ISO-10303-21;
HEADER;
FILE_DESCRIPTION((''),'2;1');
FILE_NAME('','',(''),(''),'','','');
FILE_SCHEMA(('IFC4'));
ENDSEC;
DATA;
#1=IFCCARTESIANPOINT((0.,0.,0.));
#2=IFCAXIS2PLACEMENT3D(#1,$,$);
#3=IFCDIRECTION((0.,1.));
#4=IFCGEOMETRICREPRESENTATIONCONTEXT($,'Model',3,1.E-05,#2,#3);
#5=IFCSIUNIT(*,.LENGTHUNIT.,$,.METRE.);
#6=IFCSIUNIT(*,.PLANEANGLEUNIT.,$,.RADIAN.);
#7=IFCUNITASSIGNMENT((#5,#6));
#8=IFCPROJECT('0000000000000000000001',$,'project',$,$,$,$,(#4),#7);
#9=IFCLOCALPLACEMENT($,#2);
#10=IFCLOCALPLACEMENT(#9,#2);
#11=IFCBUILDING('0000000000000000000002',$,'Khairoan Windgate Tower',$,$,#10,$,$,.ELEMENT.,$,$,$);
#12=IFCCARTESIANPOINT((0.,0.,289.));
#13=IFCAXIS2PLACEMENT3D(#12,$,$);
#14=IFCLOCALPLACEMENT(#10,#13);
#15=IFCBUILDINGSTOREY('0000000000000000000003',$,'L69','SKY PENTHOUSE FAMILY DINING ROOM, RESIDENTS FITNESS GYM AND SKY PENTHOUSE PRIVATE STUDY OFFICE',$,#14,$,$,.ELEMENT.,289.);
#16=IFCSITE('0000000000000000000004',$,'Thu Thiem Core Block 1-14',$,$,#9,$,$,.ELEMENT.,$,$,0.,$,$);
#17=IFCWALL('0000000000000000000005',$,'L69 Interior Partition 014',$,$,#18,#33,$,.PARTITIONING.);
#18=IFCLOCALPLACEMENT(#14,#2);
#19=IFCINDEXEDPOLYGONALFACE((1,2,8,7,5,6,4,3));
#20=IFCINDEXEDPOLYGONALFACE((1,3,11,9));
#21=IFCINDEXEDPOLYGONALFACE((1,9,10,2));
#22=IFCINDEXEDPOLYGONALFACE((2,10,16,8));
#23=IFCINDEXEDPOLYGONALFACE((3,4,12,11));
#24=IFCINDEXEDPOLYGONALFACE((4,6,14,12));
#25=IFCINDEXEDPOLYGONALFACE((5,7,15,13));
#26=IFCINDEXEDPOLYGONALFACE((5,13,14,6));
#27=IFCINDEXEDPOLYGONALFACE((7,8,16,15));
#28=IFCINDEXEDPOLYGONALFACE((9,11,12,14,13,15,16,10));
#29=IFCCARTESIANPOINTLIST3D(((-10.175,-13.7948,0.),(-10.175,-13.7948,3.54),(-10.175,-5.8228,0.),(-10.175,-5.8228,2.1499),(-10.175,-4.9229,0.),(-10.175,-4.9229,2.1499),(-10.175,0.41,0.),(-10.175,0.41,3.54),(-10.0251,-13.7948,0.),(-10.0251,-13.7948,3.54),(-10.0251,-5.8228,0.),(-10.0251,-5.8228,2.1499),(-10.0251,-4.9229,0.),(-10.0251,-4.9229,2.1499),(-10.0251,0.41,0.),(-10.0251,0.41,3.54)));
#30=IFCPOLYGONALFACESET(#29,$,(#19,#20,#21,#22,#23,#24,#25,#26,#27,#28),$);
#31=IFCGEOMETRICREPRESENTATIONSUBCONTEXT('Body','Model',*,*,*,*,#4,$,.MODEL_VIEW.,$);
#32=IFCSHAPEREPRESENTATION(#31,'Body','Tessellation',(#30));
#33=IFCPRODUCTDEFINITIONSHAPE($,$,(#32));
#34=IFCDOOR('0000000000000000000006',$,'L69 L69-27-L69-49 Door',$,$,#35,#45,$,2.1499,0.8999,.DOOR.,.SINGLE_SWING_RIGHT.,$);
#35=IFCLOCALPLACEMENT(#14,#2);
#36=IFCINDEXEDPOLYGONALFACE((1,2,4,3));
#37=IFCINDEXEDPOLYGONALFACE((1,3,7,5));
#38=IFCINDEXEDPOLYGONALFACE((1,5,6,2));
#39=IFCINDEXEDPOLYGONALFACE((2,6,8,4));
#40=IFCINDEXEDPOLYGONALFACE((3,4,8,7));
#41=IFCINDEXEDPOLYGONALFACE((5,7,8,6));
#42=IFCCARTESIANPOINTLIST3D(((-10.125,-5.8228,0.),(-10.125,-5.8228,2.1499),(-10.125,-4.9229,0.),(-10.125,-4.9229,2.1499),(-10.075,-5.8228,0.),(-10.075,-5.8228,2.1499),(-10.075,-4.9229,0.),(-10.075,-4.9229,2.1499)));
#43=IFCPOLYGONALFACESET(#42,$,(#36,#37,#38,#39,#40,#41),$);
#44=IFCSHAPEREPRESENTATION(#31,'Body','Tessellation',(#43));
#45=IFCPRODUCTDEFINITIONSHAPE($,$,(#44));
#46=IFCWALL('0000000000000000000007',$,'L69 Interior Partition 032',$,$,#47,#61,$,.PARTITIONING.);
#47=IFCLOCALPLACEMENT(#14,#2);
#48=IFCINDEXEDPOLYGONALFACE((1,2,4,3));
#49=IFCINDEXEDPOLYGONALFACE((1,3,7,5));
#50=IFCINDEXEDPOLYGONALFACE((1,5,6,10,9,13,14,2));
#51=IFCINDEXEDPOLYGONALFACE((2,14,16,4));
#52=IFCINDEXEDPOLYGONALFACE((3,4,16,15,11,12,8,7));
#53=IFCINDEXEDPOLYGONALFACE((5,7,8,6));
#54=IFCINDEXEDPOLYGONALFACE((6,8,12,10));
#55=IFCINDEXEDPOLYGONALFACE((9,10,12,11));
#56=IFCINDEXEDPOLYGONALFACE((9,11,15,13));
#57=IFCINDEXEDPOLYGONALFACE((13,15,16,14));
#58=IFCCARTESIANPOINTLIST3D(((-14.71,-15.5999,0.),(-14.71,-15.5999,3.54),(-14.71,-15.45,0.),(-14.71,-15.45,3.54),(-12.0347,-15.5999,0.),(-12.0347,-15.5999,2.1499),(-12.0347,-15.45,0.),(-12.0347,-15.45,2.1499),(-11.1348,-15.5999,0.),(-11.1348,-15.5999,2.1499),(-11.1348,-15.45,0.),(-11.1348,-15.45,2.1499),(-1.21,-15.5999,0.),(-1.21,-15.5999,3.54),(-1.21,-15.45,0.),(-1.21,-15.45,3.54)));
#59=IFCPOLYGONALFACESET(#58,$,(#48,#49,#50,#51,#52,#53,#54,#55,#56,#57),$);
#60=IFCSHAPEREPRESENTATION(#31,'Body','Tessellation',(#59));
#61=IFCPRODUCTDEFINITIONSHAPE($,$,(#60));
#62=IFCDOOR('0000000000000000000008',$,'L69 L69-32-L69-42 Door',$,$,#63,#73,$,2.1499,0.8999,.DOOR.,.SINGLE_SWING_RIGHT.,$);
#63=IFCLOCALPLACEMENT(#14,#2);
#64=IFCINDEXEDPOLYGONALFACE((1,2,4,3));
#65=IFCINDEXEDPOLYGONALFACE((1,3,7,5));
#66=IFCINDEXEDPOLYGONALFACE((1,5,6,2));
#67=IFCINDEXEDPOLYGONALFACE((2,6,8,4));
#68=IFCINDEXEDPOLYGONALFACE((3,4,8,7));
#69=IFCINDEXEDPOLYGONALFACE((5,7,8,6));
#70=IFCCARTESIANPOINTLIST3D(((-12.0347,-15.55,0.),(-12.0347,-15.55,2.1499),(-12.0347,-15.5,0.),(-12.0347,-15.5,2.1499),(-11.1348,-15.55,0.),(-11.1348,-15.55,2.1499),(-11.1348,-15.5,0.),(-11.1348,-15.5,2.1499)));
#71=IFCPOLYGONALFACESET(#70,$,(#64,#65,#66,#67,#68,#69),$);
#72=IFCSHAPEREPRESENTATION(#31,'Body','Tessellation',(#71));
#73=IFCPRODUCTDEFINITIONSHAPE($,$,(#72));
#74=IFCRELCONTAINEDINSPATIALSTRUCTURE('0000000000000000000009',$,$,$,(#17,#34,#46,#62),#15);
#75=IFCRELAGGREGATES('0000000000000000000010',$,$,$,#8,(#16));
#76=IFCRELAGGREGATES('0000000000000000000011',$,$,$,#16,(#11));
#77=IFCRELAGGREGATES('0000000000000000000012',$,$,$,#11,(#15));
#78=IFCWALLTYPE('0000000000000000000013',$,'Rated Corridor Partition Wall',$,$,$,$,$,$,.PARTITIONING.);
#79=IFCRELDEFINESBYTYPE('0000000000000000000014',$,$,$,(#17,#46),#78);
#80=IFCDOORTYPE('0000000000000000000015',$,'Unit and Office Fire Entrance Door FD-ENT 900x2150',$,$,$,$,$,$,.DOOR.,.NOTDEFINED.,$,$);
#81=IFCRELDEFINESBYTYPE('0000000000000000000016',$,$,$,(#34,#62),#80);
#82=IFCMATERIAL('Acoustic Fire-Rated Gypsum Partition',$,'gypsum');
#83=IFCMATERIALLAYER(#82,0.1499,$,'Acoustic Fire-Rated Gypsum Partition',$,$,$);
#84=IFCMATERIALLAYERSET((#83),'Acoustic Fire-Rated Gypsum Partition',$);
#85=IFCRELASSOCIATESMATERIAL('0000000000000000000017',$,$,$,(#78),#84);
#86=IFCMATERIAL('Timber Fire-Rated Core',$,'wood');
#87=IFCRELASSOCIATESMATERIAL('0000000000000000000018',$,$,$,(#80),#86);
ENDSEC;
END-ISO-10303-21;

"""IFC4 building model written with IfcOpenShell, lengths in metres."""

from ifc_helpers import new_model, si_unit, direction, frame, frame_2d, origin, place, context, subcontext, project, spatial, rectangle, extrude, material, layer, layer_set, type_object, element, fill, save


model = new_model("IFC4")

# Units and contexts
model_context = context("Model", 3, precision=1e-05, world=origin(), true_north=direction((0.0, 1.0)))
body_context = subcontext(model_context, "Body", "Model", "MODEL_VIEW")
ifc_project = project(units=[si_unit("LENGTHUNIT", "METRE"), si_unit("PLANEANGLEUNIT", "RADIAN")], contexts=[model_context])

# Site, building, storey
site_placement = place(None, origin())
site = spatial("IfcSite", under=ifc_project, at=site_placement, Name="Thu Thiem Core Block 1-14", CompositionType="ELEMENT", RefElevation=0.0)
building_placement = place(site_placement, origin())
building = spatial("IfcBuilding", under=site, at=building_placement, Name="Khairoan Windgate Tower", CompositionType="ELEMENT")
storey_placement = place(building_placement, frame((0.0, 0.0, 289.0)))
storey = spatial("IfcBuildingStorey", under=building, at=storey_placement, Name="L69", Description="SKY PENTHOUSE FAMILY DINING ROOM, RESIDENTS FITNESS GYM AND SKY PENTHOUSE PRIVATE STUDY OFFICE", CompositionType="ELEMENT", Elevation=289.0)

# Walls, openings, doors
ifc_material_1 = material(Name="Acoustic Fire-Rated Gypsum Partition", Category="gypsum")
ifc_layer_1 = layer(ifc_material_1, 0.1499, Name="Acoustic Fire-Rated Gypsum Partition")
ifc_layer_set_1 = layer_set([ifc_layer_1], Name="Acoustic Fire-Rated Gypsum Partition")
wall_type_1 = type_object("IfcWallType", Name="Rated Corridor Partition Wall", PredefinedType="PARTITIONING", material=ifc_layer_set_1)
wall_1_placement = place(storey_placement, frame((-10.1001, -13.7949, 0.0), z_axis=(0.0, 0.0, 1.0), x_axis=(0.0, 1.0, 0.0)))
wall_1 = element("IfcWall", 1, at=wall_1_placement, inside=storey, type_object=wall_type_1, Name="L69 Interior Partition 014", PredefinedType="PARTITIONING", context=body_context, shape_type="SweptSolid", body=[
    extrude(rectangle(XDim=14.2048, YDim=0.1499, at=frame_2d((7.1025, 0.0))), origin(), (0.0, 0.0, 1.0), 3.54),
])
opening_1_placement = place(wall_1_placement, frame((7.9722, 0.0, 0.0)))
opening_1 = element("IfcOpeningElement", 2, at=opening_1_placement, cuts=wall_1, PredefinedType="OPENING", context=body_context, shape_type="SweptSolid", body=[
    extrude(rectangle(XDim=0.8999, YDim=2.1499, at=frame_2d((0.45, 1.075))), frame((0.0, 0.085, 0.0), z_axis=(0.0, -1.0, 0.0), x_axis=(1.0, 0.0, 0.0)), (0.0, 0.0, 1.0), 0.1699),
])
ifc_material_2 = material(Name="Timber Fire-Rated Core", Category="wood")
door_type_1 = type_object("IfcDoorType", Name="Unit and Office Fire Entrance Door FD-ENT 900x2150", OperationType="NOTDEFINED", PredefinedType="DOOR", material=ifc_material_2)
door_1_placement = place(opening_1_placement, origin())
door_1 = element("IfcDoor", 3, at=door_1_placement, inside=storey, type_object=door_type_1, Name="L69 L69-27-L69-49 Door", OperationType="SINGLE_SWING_RIGHT", OverallHeight=2.1499, OverallWidth=0.8999, PredefinedType="DOOR", context=body_context, shape_type="SweptSolid", body=[
    extrude(rectangle(XDim=0.8999, YDim=2.1499, at=frame_2d((0.45, 1.075))), frame((0.0, 0.0249, 0.0), z_axis=(0.0, -1.0, 0.0), x_axis=(1.0, 0.0, 0.0)), (0.0, 0.0, 1.0), 0.05),
])
fill(opening_1, door_1)
wall_2_placement = place(storey_placement, frame((-14.71, -15.5249, 0.0), z_axis=(0.0, 0.0, 1.0), x_axis=(1.0, 0.0, 0.0)))
wall_2 = element("IfcWall", 4, at=wall_2_placement, inside=storey, type_object=wall_type_1, Name="L69 Interior Partition 032", PredefinedType="PARTITIONING", context=body_context, shape_type="SweptSolid", body=[
    extrude(rectangle(XDim=13.5, YDim=0.1499, at=frame_2d((6.75, 0.0))), origin(), (0.0, 0.0, 1.0), 3.54),
])
opening_2_placement = place(wall_2_placement, frame((2.6753, 0.0, 0.0)))
opening_2 = element("IfcOpeningElement", 5, at=opening_2_placement, cuts=wall_2, PredefinedType="OPENING", context=body_context, shape_type="SweptSolid", body=[
    extrude(rectangle(XDim=0.8999, YDim=2.1499, at=frame_2d((0.45, 1.075))), frame((0.0, 0.085, 0.0), z_axis=(0.0, -1.0, 0.0), x_axis=(1.0, 0.0, 0.0)), (0.0, 0.0, 1.0), 0.1699),
])
door_2_placement = place(opening_2_placement, origin())
door_2 = element("IfcDoor", 6, at=door_2_placement, inside=storey, type_object=door_type_1, Name="L69 L69-32-L69-42 Door", OperationType="SINGLE_SWING_RIGHT", OverallHeight=2.1499, OverallWidth=0.8999, PredefinedType="DOOR", context=body_context, shape_type="SweptSolid", body=[
    extrude(rectangle(XDim=0.8999, YDim=2.1499, at=frame_2d((0.45, 1.075))), frame((0.0, 0.0249, 0.0), z_axis=(0.0, -1.0, 0.0), x_axis=(1.0, 0.0, 0.0)), (0.0, 0.0, 1.0), 0.05),
])
fill(opening_2, door_2)

save(model, "model.ifc")
